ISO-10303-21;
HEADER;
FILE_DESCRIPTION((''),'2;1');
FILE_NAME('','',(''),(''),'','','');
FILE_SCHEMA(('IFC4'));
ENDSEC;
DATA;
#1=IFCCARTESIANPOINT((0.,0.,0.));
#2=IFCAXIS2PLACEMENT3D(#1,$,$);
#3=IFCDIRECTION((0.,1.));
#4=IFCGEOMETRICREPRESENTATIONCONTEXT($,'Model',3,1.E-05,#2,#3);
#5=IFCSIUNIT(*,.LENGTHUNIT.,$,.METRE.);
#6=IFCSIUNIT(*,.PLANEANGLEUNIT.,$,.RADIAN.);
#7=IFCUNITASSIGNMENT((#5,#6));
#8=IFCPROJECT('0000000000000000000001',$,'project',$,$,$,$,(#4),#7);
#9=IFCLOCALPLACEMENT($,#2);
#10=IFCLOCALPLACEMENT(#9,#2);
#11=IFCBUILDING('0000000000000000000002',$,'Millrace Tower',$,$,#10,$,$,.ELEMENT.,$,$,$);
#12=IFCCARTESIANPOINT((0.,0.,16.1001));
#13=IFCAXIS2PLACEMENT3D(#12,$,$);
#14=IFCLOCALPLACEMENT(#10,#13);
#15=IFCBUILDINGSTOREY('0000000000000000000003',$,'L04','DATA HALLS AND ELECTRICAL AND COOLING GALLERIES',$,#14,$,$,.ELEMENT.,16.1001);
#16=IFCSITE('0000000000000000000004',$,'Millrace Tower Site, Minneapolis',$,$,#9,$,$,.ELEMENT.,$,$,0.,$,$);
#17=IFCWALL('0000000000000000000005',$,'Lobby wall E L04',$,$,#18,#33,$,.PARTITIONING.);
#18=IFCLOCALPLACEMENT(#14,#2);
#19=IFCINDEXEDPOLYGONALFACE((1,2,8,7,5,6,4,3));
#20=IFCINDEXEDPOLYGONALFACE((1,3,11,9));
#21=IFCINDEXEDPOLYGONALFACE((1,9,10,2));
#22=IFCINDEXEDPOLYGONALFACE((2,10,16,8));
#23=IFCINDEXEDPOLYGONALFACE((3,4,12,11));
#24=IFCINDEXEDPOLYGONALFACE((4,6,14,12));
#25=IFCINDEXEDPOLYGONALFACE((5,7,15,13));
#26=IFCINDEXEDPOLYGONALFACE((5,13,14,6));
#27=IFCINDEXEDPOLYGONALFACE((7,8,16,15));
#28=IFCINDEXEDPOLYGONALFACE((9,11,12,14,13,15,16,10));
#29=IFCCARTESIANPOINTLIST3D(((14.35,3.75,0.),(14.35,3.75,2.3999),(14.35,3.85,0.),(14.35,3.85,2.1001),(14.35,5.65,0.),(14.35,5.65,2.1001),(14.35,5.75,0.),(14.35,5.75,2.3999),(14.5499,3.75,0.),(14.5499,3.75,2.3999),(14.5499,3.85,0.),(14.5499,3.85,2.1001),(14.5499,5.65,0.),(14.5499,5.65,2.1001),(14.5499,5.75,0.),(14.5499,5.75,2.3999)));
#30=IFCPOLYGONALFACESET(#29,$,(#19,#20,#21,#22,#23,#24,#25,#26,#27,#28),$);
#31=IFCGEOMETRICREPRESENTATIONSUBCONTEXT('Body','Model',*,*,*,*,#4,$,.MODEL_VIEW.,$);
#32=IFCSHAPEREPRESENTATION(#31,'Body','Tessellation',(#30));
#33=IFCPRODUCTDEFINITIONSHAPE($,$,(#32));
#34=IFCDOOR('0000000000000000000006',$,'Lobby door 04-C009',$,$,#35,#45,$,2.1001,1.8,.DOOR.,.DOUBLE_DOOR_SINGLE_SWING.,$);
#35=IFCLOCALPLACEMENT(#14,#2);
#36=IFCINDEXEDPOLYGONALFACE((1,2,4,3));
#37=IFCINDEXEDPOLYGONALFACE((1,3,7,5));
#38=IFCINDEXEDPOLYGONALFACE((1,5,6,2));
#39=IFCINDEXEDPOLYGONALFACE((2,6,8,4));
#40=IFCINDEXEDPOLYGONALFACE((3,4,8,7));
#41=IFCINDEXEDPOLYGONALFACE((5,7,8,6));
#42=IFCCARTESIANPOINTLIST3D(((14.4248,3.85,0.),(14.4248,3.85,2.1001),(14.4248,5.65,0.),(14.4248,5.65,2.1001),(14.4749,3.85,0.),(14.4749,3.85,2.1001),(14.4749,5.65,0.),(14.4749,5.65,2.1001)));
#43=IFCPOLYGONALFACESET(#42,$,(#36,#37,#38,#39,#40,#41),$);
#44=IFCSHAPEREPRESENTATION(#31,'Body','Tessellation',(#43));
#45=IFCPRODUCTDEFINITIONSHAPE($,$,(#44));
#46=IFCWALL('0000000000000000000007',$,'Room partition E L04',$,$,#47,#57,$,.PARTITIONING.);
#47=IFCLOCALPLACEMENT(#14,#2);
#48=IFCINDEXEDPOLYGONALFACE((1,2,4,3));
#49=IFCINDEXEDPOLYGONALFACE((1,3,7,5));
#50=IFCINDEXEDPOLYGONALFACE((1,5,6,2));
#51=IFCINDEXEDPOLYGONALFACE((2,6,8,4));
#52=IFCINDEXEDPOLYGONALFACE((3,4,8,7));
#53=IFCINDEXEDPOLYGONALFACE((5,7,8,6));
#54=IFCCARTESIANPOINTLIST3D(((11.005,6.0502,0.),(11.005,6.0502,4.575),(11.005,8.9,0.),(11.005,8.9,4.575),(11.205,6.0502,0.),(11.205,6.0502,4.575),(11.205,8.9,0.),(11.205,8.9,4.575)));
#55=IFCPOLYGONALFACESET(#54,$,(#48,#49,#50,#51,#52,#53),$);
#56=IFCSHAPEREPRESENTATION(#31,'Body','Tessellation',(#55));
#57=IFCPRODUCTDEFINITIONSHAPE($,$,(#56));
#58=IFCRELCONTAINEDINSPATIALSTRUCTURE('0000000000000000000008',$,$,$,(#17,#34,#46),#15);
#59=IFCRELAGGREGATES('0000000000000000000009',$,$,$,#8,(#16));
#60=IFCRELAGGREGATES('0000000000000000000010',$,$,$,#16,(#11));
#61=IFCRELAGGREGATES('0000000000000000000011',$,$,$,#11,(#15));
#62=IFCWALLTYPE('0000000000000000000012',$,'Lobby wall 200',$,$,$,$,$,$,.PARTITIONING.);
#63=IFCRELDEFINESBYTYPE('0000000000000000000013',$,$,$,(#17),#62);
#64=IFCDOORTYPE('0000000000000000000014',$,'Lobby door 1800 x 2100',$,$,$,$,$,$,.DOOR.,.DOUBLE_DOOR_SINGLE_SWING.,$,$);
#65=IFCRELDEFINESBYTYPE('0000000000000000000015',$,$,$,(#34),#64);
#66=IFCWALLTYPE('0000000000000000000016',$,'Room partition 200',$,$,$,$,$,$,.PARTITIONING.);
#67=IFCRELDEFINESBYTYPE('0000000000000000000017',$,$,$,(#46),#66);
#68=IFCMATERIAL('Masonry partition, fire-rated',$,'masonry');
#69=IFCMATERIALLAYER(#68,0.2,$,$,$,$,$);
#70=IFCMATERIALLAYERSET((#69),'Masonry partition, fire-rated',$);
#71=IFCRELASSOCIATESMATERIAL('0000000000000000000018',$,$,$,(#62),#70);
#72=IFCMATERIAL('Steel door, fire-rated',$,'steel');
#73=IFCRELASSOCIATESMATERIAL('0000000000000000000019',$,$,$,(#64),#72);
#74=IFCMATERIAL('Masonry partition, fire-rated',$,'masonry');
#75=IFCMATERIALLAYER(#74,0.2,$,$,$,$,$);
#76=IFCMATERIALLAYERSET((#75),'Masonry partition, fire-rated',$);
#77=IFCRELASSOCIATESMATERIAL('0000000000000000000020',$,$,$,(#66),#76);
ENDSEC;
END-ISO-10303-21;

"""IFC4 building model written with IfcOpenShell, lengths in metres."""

from ifc_helpers import new_model, si_unit, direction, frame, frame_2d, origin, place, context, subcontext, project, spatial, rectangle, extrude, material, layer, layer_set, type_object, element, fill, save


model = new_model("IFC4")

# Units and contexts
model_context = context("Model", 3, precision=1e-05, world=origin(), true_north=direction((0.0, 1.0)))
body_context = subcontext(model_context, "Body", "Model", "MODEL_VIEW")
ifc_project = project(units=[si_unit("LENGTHUNIT", "METRE"), si_unit("PLANEANGLEUNIT", "RADIAN")], contexts=[model_context])

# Site, building, storey
site_placement = place(None, origin())
site = spatial("IfcSite", under=ifc_project, at=site_placement, Name="Millrace Tower Site, Minneapolis", CompositionType="ELEMENT", RefElevation=0.0)
building_placement = place(site_placement, origin())
building = spatial("IfcBuilding", under=site, at=building_placement, Name="Millrace Tower", CompositionType="ELEMENT")
storey_placement = place(building_placement, frame((0.0, 0.0, 16.1001)))
storey = spatial("IfcBuildingStorey", under=building, at=storey_placement, Name="L04", Description="DATA HALLS AND ELECTRICAL AND COOLING GALLERIES", CompositionType="ELEMENT", Elevation=16.1001)

# Wall, opening, door
ifc_material_1 = material(Name="Masonry partition, fire-rated", Category="masonry")
ifc_layer_1 = layer(ifc_material_1, 0.2)
ifc_layer_set_1 = layer_set([ifc_layer_1], Name="Masonry partition, fire-rated")
wall_type_1 = type_object("IfcWallType", Name="Lobby wall 200", PredefinedType="PARTITIONING", material=ifc_layer_set_1)
wall_1_placement = place(storey_placement, frame((14.45, 5.75, 0.0), z_axis=(0.0, 0.0, 1.0), x_axis=(0.0, -1.0, 0.0)))
wall_1 = element("IfcWall", 1, at=wall_1_placement, inside=storey, type_object=wall_type_1, Name="Lobby wall E L04", PredefinedType="PARTITIONING", context=body_context, shape_type="SweptSolid", body=[
    extrude(rectangle(XDim=2.0, YDim=0.2, at=frame_2d((1.0, 0.0))), origin(), (0.0, 0.0, 1.0), 2.3999),
])
opening_1_placement = place(wall_1_placement, frame((0.1001, 0.0, 0.0)))
opening_1 = element("IfcOpeningElement", 2, at=opening_1_placement, cuts=wall_1, PredefinedType="OPENING", context=body_context, shape_type="SweptSolid", body=[
    extrude(rectangle(XDim=1.8, YDim=2.1001, at=frame_2d((0.8999, 1.05))), frame((0.0, 0.1099, 0.0), z_axis=(0.0, -1.0, 0.0), x_axis=(1.0, 0.0, 0.0)), (0.0, 0.0, 1.0), 0.22),
])
ifc_material_2 = material(Name="Steel door, fire-rated", Category="steel")
door_type_1 = type_object("IfcDoorType", Name="Lobby door 1800 x 2100", OperationType="DOUBLE_DOOR_SINGLE_SWING", PredefinedType="DOOR", material=ifc_material_2)
door_1_placement = place(opening_1_placement, origin())
door_1 = element("IfcDoor", 3, at=door_1_placement, inside=storey, type_object=door_type_1, Name="Lobby door 04-C009", OperationType="DOUBLE_DOOR_SINGLE_SWING", OverallHeight=2.1001, OverallWidth=1.8, PredefinedType="DOOR", context=body_context, shape_type="SweptSolid", body=[
    extrude(rectangle(XDim=1.8, YDim=2.1001, at=frame_2d((0.8999, 1.05))), frame((0.0, 0.0249, 0.0), z_axis=(0.0, -1.0, 0.0), x_axis=(1.0, 0.0, 0.0)), (0.0, 0.0, 1.0), 0.05),
])
fill(opening_1, door_1)

# Wall
ifc_material_3 = material(Name="Masonry partition, fire-rated", Category="masonry")
ifc_layer_2 = layer(ifc_material_3, 0.2)
ifc_layer_set_2 = layer_set([ifc_layer_2], Name="Masonry partition, fire-rated")
wall_type_2 = type_object("IfcWallType", Name="Room partition 200", PredefinedType="PARTITIONING", material=ifc_layer_set_2)
wall_2_placement = place(storey_placement, frame((11.105, 8.8999, 0.0), z_axis=(0.0, 0.0, 1.0), x_axis=(0.0, -1.0, 0.0)))
element("IfcWall", 4, at=wall_2_placement, inside=storey, type_object=wall_type_2, Name="Room partition E L04", PredefinedType="PARTITIONING", context=body_context, shape_type="SweptSolid", body=[
    extrude(rectangle(XDim=2.8499, YDim=0.2, at=frame_2d((1.4248, 0.0))), origin(), (0.0, 0.0, 1.0), 4.575),
])

save(model, "model.ifc")
